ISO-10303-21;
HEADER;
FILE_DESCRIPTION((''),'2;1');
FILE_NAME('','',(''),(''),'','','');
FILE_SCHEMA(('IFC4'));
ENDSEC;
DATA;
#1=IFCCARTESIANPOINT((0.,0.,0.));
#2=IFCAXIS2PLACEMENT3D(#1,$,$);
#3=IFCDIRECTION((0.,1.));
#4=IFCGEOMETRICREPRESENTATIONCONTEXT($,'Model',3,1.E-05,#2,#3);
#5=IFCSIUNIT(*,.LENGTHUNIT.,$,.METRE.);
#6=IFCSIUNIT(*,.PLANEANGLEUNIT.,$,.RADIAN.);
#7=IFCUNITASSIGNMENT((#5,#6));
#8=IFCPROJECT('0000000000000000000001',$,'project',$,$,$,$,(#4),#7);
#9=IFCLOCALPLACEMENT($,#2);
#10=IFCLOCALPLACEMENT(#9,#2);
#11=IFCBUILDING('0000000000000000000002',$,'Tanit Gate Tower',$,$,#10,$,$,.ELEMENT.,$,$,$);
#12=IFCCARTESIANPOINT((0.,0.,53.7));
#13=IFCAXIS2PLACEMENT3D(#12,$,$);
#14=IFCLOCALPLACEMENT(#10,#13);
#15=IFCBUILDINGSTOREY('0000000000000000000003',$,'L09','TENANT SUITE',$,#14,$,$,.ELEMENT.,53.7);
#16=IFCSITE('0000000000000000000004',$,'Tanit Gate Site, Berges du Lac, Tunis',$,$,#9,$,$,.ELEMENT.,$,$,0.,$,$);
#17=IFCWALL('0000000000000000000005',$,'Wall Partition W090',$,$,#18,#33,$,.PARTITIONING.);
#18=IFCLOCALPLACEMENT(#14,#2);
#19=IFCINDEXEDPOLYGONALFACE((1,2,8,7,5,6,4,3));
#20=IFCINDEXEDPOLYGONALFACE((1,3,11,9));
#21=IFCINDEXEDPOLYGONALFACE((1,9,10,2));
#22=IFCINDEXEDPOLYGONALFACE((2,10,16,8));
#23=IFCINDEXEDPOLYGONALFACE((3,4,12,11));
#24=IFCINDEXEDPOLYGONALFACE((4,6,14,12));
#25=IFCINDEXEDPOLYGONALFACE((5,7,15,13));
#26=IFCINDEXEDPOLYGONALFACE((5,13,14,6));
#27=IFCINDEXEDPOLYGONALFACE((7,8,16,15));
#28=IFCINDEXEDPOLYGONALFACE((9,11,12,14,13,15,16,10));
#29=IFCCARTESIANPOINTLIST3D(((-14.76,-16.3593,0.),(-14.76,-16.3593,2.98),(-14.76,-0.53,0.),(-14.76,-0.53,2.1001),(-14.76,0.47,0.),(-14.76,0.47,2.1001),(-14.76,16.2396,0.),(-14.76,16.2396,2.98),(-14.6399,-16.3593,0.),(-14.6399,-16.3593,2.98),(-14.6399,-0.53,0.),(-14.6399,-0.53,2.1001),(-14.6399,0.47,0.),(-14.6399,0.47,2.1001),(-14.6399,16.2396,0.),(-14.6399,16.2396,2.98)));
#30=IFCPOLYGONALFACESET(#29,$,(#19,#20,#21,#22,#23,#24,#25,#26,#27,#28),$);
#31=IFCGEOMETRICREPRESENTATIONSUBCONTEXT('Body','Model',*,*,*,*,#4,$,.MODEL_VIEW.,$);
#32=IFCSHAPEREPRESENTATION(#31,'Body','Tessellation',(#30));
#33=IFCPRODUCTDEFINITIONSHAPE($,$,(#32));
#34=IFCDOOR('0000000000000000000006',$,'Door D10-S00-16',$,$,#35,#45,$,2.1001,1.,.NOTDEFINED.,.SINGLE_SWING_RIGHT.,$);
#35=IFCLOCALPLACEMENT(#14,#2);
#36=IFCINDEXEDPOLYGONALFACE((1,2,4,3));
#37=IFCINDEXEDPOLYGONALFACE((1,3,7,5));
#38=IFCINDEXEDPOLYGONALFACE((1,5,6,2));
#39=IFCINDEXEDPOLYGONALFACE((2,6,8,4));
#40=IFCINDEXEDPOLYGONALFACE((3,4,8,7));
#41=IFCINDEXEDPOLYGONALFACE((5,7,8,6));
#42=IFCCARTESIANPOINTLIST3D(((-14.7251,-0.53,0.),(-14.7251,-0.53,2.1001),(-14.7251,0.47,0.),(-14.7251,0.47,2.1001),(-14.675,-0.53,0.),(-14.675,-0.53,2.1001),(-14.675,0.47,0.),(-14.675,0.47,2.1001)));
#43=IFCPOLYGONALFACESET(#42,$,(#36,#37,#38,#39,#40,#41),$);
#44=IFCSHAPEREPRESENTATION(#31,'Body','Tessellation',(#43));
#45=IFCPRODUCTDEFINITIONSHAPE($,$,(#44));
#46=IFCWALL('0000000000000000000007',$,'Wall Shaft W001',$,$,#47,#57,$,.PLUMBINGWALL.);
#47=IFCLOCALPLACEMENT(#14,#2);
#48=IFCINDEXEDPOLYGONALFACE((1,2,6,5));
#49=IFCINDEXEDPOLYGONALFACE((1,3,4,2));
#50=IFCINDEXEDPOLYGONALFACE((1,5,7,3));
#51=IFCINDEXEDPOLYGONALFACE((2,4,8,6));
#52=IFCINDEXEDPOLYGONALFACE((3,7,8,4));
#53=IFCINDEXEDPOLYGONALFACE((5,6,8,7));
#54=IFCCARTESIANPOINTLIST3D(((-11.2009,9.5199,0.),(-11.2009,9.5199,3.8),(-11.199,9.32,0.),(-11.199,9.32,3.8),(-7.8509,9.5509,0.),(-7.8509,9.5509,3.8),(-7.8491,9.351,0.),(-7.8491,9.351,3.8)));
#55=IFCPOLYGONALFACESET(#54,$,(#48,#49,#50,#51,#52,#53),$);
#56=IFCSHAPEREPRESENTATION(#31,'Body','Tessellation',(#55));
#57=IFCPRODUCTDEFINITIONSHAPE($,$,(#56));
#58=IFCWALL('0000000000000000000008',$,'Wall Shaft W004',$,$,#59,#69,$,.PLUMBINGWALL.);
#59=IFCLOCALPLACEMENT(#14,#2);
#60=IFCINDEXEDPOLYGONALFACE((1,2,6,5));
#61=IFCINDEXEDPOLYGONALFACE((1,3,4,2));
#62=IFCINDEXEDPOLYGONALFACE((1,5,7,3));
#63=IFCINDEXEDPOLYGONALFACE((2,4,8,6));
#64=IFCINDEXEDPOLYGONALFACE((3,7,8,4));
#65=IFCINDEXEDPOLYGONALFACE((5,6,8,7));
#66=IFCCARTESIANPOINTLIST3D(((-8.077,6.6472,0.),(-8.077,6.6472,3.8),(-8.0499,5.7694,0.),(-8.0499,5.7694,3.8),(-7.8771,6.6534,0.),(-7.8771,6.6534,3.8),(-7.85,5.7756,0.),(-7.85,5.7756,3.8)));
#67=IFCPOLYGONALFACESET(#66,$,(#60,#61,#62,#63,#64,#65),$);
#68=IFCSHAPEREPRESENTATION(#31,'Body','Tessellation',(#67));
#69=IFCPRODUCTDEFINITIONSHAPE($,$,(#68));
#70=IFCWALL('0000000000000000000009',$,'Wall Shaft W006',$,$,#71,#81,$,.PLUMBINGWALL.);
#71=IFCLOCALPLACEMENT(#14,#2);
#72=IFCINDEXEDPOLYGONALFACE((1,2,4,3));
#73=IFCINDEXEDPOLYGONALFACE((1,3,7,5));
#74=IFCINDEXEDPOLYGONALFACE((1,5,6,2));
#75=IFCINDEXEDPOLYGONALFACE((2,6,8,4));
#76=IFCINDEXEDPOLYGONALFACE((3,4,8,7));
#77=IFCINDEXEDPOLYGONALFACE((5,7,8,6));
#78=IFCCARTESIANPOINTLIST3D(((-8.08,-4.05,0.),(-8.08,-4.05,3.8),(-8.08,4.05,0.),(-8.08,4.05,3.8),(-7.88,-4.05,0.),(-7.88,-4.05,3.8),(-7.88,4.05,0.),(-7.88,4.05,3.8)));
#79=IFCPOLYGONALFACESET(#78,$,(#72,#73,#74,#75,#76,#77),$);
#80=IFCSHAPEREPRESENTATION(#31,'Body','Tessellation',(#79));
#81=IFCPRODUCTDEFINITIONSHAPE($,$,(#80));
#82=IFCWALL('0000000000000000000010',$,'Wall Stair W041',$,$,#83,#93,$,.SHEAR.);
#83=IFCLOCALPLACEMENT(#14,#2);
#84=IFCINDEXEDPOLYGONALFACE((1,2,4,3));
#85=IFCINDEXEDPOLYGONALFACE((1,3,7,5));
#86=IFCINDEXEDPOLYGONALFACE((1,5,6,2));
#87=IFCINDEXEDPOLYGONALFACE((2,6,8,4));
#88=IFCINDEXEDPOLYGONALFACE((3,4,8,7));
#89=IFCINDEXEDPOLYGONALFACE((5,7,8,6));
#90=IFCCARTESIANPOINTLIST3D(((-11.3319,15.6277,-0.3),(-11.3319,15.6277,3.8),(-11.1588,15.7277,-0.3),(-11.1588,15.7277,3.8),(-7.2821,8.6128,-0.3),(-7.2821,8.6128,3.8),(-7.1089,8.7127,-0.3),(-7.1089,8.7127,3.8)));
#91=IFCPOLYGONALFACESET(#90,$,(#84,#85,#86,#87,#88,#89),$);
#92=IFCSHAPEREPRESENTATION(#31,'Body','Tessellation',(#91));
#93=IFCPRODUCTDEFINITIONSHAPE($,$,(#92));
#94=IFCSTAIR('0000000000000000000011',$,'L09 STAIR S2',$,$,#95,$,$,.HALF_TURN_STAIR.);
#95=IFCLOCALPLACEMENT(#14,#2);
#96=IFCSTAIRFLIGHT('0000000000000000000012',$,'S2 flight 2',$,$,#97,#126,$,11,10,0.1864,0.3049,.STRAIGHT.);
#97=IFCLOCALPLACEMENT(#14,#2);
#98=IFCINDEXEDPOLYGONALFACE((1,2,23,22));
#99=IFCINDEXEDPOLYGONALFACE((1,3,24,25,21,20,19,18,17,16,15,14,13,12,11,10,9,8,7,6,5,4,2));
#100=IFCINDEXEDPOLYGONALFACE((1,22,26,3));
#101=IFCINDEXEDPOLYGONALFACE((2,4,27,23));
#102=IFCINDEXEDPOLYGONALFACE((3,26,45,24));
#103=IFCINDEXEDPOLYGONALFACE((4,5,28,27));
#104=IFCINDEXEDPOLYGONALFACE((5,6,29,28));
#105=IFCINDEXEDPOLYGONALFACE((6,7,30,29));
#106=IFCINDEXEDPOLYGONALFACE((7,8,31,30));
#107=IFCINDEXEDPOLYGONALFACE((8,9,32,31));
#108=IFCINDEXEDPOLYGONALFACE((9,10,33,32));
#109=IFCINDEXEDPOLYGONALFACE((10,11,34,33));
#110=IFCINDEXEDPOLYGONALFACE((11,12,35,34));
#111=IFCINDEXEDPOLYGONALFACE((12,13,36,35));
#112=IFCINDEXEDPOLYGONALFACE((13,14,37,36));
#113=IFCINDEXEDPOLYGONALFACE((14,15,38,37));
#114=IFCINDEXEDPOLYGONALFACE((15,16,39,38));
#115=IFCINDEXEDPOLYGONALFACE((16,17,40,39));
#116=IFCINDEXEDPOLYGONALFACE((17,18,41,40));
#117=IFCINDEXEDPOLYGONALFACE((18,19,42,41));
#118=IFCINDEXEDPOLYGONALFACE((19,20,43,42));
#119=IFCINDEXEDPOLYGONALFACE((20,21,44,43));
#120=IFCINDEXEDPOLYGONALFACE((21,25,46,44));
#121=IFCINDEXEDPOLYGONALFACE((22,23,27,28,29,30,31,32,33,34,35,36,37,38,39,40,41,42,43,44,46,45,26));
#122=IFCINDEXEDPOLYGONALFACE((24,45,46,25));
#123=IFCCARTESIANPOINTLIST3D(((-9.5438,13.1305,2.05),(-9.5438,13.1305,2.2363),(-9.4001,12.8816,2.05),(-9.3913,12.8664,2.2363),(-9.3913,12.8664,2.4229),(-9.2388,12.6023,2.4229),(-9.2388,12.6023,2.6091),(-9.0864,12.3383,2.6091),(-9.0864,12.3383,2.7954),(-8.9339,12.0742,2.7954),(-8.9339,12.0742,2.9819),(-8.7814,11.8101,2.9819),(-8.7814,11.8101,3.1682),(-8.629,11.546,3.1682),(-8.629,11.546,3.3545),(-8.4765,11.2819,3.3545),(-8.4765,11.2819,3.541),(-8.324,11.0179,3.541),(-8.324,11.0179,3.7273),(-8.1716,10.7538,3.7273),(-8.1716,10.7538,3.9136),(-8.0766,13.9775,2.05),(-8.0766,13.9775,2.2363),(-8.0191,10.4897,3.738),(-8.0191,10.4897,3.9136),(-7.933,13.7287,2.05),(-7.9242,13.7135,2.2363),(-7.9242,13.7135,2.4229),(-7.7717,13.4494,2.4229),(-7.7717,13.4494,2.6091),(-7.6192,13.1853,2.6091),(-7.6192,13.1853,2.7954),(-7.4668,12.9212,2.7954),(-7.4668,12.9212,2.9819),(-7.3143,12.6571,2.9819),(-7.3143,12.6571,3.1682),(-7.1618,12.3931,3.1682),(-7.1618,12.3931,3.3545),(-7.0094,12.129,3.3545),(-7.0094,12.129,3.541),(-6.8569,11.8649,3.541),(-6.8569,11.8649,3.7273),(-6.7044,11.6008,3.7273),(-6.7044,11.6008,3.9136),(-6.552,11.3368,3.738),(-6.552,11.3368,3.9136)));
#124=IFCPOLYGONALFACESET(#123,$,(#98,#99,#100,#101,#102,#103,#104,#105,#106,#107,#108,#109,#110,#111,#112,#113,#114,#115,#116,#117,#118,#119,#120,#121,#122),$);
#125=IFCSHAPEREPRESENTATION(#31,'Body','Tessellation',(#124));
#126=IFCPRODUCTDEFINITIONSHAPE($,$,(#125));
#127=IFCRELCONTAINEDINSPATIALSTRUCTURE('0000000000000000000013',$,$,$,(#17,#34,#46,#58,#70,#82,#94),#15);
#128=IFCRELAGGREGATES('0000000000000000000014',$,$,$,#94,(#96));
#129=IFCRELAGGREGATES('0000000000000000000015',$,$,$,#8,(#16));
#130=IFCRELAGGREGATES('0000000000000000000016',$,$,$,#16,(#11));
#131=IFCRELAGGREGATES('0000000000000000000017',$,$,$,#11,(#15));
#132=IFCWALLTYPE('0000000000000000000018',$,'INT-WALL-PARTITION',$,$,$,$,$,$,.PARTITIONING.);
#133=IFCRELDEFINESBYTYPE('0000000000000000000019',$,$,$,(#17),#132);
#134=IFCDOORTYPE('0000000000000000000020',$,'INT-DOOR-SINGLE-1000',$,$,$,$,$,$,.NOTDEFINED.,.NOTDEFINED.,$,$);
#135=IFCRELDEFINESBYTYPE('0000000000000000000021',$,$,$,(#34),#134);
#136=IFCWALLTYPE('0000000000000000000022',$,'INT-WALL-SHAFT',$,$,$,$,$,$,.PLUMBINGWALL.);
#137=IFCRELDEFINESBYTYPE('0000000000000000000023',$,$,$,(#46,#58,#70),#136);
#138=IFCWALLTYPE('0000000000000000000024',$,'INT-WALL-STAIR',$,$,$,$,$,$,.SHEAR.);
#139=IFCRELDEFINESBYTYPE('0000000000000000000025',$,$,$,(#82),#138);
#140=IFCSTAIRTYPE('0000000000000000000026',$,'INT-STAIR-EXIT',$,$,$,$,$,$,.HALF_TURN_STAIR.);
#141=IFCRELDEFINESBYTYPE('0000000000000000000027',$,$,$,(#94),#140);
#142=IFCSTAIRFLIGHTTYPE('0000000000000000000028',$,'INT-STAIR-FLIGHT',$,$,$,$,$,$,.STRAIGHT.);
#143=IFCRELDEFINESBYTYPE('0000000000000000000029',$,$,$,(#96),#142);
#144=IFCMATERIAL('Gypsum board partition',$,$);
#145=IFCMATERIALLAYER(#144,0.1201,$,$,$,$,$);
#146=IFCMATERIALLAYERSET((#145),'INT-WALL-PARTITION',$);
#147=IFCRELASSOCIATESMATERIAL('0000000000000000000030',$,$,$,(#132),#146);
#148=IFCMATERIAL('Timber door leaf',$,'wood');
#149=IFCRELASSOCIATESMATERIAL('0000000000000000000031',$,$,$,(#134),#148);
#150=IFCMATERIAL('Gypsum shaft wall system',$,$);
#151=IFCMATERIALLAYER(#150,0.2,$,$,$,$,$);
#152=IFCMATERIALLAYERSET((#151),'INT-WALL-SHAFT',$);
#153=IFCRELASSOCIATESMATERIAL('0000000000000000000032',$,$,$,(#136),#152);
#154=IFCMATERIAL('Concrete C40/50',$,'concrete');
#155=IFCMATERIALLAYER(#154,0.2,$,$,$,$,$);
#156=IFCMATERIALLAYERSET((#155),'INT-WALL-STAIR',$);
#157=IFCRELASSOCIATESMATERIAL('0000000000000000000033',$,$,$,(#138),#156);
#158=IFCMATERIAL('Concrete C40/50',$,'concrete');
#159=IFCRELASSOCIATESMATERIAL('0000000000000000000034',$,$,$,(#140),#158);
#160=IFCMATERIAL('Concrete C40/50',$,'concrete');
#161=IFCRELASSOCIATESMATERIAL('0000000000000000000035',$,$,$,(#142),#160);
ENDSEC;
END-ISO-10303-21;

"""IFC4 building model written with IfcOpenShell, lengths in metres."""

from ifc_helpers import new_model, si_unit, direction, frame, frame_2d, origin, place, context, subcontext, project, spatial, polyline, rectangle, outline, extrude, material, layer, layer_set, type_object, element, fill, aggregate, save


model = new_model("IFC4")

# Units and contexts
model_context = context("Model", 3, precision=1e-05, world=origin(), true_north=direction((0.0, 1.0)))
body_context = subcontext(model_context, "Body", "Model", "MODEL_VIEW")
ifc_project = project(units=[si_unit("LENGTHUNIT", "METRE"), si_unit("PLANEANGLEUNIT", "RADIAN")], contexts=[model_context])

# Site, building, storey
site_placement = place(None, origin())
site = spatial("IfcSite", under=ifc_project, at=site_placement, Name="Tanit Gate Site, Berges du Lac, Tunis", CompositionType="ELEMENT", RefElevation=0.0)
building_placement = place(site_placement, origin())
building = spatial("IfcBuilding", under=site, at=building_placement, Name="Tanit Gate Tower", CompositionType="ELEMENT")
storey_placement = place(building_placement, frame((0.0, 0.0, 53.7)))
storey = spatial("IfcBuildingStorey", under=building, at=storey_placement, Name="L09", Description="TENANT SUITE", CompositionType="ELEMENT", Elevation=53.7)

# Wall, opening, door
ifc_material_1 = material(Name="Gypsum board partition")
ifc_layer_1 = layer(ifc_material_1, 0.1201)
ifc_layer_set_1 = layer_set([ifc_layer_1], Name="INT-WALL-PARTITION")
wall_type_1 = type_object("IfcWallType", Name="INT-WALL-PARTITION", PredefinedType="PARTITIONING", material=ifc_layer_set_1)
wall_1_placement = place(storey_placement, frame((-14.7, 16.2395, 0.0), z_axis=(0.0, 0.0, 1.0), x_axis=(0.0, -1.0, 0.0)))
wall_1 = element("IfcWall", 1, at=wall_1_placement, inside=storey, type_object=wall_type_1, Name="Wall Partition W090", PredefinedType="PARTITIONING", context=body_context, shape_type="SweptSolid", body=[
    extrude(rectangle(XDim=32.5989, YDim=0.1201, at=frame_2d((16.2993, 0.0))), origin(), (0.0, 0.0, 1.0), 2.98),
])
opening_1_placement = place(wall_1_placement, frame((15.7695, 0.0, 0.0)))
opening_1 = element("IfcOpeningElement", 2, at=opening_1_placement, cuts=wall_1, PredefinedType="OPENING", context=body_context, shape_type="SweptSolid", body=[
    extrude(rectangle(XDim=1.0, YDim=2.1001, at=frame_2d((0.5, 1.05))), frame((0.0, 0.0701, 0.0), z_axis=(0.0, -1.0, 0.0), x_axis=(1.0, 0.0, 0.0)), (0.0, 0.0, 1.0), 0.1401),
])
ifc_material_2 = material(Name="Timber door leaf", Category="wood")
door_type_1 = type_object("IfcDoorType", Name="INT-DOOR-SINGLE-1000", OperationType="NOTDEFINED", PredefinedType="NOTDEFINED", material=ifc_material_2)
door_1_placement = place(opening_1_placement, origin())
door_1 = element("IfcDoor", 3, at=door_1_placement, inside=storey, type_object=door_type_1, Name="Door D10-S00-16", OperationType="SINGLE_SWING_RIGHT", OverallHeight=2.1001, OverallWidth=1.0, PredefinedType="NOTDEFINED", context=body_context, shape_type="SweptSolid", body=[
    extrude(rectangle(XDim=1.0, YDim=2.1001, at=frame_2d((0.5, 1.05))), frame((0.0, 0.0249, 0.0), z_axis=(0.0, -1.0, 0.0), x_axis=(1.0, 0.0, 0.0)), (0.0, 0.0, 1.0), 0.05),
])
fill(opening_1, door_1)

# Walls
ifc_material_3 = material(Name="Gypsum shaft wall system")
ifc_layer_2 = layer(ifc_material_3, 0.2)
ifc_layer_set_2 = layer_set([ifc_layer_2], Name="INT-WALL-SHAFT")
wall_type_2 = type_object("IfcWallType", Name="INT-WALL-SHAFT", PredefinedType="PLUMBINGWALL", material=ifc_layer_set_2)
wall_2_placement = place(storey_placement, frame((-11.2, 9.4199, 0.0), z_axis=(0.0, 0.0, 1.0), x_axis=(0.999957, 0.009255, 0.0)))
element("IfcWall", 4, at=wall_2_placement, inside=storey, type_object=wall_type_2, Name="Wall Shaft W001", PredefinedType="PLUMBINGWALL", context=body_context, shape_type="SweptSolid", body=[
    extrude(rectangle(XDim=3.3501, YDim=0.2, at=frame_2d((1.675, 0.0))), origin(), (0.0, 0.0, 1.0), 3.8),
])
wall_3_placement = place(storey_placement, frame((-7.9771, 6.6501, 0.0), z_axis=(0.0, 0.0, 1.0), x_axis=(0.030862, -0.999524, 0.0)))
element("IfcWall", 5, at=wall_3_placement, inside=storey, type_object=wall_type_2, Name="Wall Shaft W004", PredefinedType="PLUMBINGWALL", context=body_context, shape_type="SweptSolid", body=[
    extrude(rectangle(XDim=0.8782, YDim=0.2, at=frame_2d((0.439, 0.0))), origin(), (0.0, 0.0, 1.0), 3.8),
])
wall_4_placement = place(storey_placement, frame((-7.98, 4.05, 0.0), z_axis=(0.0, 0.0, 1.0), x_axis=(0.0, -1.0, 0.0)))
element("IfcWall", 6, at=wall_4_placement, inside=storey, type_object=wall_type_2, Name="Wall Shaft W006", PredefinedType="PLUMBINGWALL", context=body_context, shape_type="SweptSolid", body=[
    extrude(rectangle(XDim=8.1001, YDim=0.2, at=frame_2d((4.05, 0.0))), origin(), (0.0, 0.0, 1.0), 3.8),
])
ifc_material_4 = material(Name="Concrete C40/50", Category="concrete")
ifc_layer_3 = layer(ifc_material_4, 0.2)
ifc_layer_set_3 = layer_set([ifc_layer_3], Name="INT-WALL-STAIR")
wall_type_3 = type_object("IfcWallType", Name="INT-WALL-STAIR", PredefinedType="SHEAR", material=ifc_layer_set_3)
wall_5_placement = place(storey_placement, frame((-11.2454, 15.6777, -0.3), z_axis=(0.0, 0.0, 1.0), x_axis=(0.499977, -0.866039, 0.0)))
element("IfcWall", 7, at=wall_5_placement, inside=storey, type_object=wall_type_3, Name="Wall Stair W041", PredefinedType="SHEAR", context=body_context, shape_type="SweptSolid", body=[
    extrude(rectangle(XDim=8.1001, YDim=0.2, at=frame_2d((4.05, 0.0))), origin(), (0.0, 0.0, 1.0), 4.1001),
])

# Stair, stair flight
ifc_material_5 = material(Name="Concrete C40/50", Category="concrete")
stair_type = type_object("IfcStairType", Name="INT-STAIR-EXIT", PredefinedType="HALF_TURN_STAIR", material=ifc_material_5)
stair_placement = place(storey_placement, origin())
stair = element("IfcStair", 8, at=stair_placement, inside=storey, type_object=stair_type, Name="L09 STAIR S2", PredefinedType="HALF_TURN_STAIR")
ifc_material_6 = material(Name="Concrete C40/50", Category="concrete")
stair_flight_type = type_object("IfcStairFlightType", Name="INT-STAIR-FLIGHT", PredefinedType="STRAIGHT", material=ifc_material_6)
stair_flight_placement = place(storey_placement, frame((-8.8103, 13.554, 2.05), z_axis=(0.0, 0.0, 1.0), x_axis=(0.5, -0.866025, 0.0)))
stair_flight = element("IfcStairFlight", 9, at=stair_flight_placement, type_object=stair_flight_type, Name="S2 flight 2", NumberOfRisers=11, NumberOfTreads=10, PredefinedType="STRAIGHT", RiserHeight=0.1864, TreadLength=0.3049, context=body_context, shape_type="SweptSolid", body=[
    extrude(outline(polyline([(0.0, 0.0), (0.0, 0.1863), (0.3049, 0.1863), (0.3049, 0.3728), (0.6099, 0.3728), (0.6099, 0.5591), (0.9148, 0.5591), (0.9148, 0.7454), (1.2197, 0.7454), (1.2197, 0.9319), (1.5247, 0.9319), (1.5247, 1.1182), (1.8296, 1.1182), (1.8296, 1.3044), (2.1345, 1.3044), (2.1345, 1.491), (2.4395, 1.491), (2.4395, 1.6772), (2.7444, 1.6772), (2.7444, 1.8635), (3.0493, 1.8635), (3.0493, 2.05), (3.0493, 1.688), (0.2874, 0.0), (0.0, 0.0)])), frame((0.0, 0.8472, 0.0), z_axis=(0.0, -1.0, 0.0), x_axis=(1.0, 0.0, 0.0)), (0.0, 0.0, 1.0), 1.6941),
])
aggregate(stair, [stair_flight])

save(model, "model.ifc")
